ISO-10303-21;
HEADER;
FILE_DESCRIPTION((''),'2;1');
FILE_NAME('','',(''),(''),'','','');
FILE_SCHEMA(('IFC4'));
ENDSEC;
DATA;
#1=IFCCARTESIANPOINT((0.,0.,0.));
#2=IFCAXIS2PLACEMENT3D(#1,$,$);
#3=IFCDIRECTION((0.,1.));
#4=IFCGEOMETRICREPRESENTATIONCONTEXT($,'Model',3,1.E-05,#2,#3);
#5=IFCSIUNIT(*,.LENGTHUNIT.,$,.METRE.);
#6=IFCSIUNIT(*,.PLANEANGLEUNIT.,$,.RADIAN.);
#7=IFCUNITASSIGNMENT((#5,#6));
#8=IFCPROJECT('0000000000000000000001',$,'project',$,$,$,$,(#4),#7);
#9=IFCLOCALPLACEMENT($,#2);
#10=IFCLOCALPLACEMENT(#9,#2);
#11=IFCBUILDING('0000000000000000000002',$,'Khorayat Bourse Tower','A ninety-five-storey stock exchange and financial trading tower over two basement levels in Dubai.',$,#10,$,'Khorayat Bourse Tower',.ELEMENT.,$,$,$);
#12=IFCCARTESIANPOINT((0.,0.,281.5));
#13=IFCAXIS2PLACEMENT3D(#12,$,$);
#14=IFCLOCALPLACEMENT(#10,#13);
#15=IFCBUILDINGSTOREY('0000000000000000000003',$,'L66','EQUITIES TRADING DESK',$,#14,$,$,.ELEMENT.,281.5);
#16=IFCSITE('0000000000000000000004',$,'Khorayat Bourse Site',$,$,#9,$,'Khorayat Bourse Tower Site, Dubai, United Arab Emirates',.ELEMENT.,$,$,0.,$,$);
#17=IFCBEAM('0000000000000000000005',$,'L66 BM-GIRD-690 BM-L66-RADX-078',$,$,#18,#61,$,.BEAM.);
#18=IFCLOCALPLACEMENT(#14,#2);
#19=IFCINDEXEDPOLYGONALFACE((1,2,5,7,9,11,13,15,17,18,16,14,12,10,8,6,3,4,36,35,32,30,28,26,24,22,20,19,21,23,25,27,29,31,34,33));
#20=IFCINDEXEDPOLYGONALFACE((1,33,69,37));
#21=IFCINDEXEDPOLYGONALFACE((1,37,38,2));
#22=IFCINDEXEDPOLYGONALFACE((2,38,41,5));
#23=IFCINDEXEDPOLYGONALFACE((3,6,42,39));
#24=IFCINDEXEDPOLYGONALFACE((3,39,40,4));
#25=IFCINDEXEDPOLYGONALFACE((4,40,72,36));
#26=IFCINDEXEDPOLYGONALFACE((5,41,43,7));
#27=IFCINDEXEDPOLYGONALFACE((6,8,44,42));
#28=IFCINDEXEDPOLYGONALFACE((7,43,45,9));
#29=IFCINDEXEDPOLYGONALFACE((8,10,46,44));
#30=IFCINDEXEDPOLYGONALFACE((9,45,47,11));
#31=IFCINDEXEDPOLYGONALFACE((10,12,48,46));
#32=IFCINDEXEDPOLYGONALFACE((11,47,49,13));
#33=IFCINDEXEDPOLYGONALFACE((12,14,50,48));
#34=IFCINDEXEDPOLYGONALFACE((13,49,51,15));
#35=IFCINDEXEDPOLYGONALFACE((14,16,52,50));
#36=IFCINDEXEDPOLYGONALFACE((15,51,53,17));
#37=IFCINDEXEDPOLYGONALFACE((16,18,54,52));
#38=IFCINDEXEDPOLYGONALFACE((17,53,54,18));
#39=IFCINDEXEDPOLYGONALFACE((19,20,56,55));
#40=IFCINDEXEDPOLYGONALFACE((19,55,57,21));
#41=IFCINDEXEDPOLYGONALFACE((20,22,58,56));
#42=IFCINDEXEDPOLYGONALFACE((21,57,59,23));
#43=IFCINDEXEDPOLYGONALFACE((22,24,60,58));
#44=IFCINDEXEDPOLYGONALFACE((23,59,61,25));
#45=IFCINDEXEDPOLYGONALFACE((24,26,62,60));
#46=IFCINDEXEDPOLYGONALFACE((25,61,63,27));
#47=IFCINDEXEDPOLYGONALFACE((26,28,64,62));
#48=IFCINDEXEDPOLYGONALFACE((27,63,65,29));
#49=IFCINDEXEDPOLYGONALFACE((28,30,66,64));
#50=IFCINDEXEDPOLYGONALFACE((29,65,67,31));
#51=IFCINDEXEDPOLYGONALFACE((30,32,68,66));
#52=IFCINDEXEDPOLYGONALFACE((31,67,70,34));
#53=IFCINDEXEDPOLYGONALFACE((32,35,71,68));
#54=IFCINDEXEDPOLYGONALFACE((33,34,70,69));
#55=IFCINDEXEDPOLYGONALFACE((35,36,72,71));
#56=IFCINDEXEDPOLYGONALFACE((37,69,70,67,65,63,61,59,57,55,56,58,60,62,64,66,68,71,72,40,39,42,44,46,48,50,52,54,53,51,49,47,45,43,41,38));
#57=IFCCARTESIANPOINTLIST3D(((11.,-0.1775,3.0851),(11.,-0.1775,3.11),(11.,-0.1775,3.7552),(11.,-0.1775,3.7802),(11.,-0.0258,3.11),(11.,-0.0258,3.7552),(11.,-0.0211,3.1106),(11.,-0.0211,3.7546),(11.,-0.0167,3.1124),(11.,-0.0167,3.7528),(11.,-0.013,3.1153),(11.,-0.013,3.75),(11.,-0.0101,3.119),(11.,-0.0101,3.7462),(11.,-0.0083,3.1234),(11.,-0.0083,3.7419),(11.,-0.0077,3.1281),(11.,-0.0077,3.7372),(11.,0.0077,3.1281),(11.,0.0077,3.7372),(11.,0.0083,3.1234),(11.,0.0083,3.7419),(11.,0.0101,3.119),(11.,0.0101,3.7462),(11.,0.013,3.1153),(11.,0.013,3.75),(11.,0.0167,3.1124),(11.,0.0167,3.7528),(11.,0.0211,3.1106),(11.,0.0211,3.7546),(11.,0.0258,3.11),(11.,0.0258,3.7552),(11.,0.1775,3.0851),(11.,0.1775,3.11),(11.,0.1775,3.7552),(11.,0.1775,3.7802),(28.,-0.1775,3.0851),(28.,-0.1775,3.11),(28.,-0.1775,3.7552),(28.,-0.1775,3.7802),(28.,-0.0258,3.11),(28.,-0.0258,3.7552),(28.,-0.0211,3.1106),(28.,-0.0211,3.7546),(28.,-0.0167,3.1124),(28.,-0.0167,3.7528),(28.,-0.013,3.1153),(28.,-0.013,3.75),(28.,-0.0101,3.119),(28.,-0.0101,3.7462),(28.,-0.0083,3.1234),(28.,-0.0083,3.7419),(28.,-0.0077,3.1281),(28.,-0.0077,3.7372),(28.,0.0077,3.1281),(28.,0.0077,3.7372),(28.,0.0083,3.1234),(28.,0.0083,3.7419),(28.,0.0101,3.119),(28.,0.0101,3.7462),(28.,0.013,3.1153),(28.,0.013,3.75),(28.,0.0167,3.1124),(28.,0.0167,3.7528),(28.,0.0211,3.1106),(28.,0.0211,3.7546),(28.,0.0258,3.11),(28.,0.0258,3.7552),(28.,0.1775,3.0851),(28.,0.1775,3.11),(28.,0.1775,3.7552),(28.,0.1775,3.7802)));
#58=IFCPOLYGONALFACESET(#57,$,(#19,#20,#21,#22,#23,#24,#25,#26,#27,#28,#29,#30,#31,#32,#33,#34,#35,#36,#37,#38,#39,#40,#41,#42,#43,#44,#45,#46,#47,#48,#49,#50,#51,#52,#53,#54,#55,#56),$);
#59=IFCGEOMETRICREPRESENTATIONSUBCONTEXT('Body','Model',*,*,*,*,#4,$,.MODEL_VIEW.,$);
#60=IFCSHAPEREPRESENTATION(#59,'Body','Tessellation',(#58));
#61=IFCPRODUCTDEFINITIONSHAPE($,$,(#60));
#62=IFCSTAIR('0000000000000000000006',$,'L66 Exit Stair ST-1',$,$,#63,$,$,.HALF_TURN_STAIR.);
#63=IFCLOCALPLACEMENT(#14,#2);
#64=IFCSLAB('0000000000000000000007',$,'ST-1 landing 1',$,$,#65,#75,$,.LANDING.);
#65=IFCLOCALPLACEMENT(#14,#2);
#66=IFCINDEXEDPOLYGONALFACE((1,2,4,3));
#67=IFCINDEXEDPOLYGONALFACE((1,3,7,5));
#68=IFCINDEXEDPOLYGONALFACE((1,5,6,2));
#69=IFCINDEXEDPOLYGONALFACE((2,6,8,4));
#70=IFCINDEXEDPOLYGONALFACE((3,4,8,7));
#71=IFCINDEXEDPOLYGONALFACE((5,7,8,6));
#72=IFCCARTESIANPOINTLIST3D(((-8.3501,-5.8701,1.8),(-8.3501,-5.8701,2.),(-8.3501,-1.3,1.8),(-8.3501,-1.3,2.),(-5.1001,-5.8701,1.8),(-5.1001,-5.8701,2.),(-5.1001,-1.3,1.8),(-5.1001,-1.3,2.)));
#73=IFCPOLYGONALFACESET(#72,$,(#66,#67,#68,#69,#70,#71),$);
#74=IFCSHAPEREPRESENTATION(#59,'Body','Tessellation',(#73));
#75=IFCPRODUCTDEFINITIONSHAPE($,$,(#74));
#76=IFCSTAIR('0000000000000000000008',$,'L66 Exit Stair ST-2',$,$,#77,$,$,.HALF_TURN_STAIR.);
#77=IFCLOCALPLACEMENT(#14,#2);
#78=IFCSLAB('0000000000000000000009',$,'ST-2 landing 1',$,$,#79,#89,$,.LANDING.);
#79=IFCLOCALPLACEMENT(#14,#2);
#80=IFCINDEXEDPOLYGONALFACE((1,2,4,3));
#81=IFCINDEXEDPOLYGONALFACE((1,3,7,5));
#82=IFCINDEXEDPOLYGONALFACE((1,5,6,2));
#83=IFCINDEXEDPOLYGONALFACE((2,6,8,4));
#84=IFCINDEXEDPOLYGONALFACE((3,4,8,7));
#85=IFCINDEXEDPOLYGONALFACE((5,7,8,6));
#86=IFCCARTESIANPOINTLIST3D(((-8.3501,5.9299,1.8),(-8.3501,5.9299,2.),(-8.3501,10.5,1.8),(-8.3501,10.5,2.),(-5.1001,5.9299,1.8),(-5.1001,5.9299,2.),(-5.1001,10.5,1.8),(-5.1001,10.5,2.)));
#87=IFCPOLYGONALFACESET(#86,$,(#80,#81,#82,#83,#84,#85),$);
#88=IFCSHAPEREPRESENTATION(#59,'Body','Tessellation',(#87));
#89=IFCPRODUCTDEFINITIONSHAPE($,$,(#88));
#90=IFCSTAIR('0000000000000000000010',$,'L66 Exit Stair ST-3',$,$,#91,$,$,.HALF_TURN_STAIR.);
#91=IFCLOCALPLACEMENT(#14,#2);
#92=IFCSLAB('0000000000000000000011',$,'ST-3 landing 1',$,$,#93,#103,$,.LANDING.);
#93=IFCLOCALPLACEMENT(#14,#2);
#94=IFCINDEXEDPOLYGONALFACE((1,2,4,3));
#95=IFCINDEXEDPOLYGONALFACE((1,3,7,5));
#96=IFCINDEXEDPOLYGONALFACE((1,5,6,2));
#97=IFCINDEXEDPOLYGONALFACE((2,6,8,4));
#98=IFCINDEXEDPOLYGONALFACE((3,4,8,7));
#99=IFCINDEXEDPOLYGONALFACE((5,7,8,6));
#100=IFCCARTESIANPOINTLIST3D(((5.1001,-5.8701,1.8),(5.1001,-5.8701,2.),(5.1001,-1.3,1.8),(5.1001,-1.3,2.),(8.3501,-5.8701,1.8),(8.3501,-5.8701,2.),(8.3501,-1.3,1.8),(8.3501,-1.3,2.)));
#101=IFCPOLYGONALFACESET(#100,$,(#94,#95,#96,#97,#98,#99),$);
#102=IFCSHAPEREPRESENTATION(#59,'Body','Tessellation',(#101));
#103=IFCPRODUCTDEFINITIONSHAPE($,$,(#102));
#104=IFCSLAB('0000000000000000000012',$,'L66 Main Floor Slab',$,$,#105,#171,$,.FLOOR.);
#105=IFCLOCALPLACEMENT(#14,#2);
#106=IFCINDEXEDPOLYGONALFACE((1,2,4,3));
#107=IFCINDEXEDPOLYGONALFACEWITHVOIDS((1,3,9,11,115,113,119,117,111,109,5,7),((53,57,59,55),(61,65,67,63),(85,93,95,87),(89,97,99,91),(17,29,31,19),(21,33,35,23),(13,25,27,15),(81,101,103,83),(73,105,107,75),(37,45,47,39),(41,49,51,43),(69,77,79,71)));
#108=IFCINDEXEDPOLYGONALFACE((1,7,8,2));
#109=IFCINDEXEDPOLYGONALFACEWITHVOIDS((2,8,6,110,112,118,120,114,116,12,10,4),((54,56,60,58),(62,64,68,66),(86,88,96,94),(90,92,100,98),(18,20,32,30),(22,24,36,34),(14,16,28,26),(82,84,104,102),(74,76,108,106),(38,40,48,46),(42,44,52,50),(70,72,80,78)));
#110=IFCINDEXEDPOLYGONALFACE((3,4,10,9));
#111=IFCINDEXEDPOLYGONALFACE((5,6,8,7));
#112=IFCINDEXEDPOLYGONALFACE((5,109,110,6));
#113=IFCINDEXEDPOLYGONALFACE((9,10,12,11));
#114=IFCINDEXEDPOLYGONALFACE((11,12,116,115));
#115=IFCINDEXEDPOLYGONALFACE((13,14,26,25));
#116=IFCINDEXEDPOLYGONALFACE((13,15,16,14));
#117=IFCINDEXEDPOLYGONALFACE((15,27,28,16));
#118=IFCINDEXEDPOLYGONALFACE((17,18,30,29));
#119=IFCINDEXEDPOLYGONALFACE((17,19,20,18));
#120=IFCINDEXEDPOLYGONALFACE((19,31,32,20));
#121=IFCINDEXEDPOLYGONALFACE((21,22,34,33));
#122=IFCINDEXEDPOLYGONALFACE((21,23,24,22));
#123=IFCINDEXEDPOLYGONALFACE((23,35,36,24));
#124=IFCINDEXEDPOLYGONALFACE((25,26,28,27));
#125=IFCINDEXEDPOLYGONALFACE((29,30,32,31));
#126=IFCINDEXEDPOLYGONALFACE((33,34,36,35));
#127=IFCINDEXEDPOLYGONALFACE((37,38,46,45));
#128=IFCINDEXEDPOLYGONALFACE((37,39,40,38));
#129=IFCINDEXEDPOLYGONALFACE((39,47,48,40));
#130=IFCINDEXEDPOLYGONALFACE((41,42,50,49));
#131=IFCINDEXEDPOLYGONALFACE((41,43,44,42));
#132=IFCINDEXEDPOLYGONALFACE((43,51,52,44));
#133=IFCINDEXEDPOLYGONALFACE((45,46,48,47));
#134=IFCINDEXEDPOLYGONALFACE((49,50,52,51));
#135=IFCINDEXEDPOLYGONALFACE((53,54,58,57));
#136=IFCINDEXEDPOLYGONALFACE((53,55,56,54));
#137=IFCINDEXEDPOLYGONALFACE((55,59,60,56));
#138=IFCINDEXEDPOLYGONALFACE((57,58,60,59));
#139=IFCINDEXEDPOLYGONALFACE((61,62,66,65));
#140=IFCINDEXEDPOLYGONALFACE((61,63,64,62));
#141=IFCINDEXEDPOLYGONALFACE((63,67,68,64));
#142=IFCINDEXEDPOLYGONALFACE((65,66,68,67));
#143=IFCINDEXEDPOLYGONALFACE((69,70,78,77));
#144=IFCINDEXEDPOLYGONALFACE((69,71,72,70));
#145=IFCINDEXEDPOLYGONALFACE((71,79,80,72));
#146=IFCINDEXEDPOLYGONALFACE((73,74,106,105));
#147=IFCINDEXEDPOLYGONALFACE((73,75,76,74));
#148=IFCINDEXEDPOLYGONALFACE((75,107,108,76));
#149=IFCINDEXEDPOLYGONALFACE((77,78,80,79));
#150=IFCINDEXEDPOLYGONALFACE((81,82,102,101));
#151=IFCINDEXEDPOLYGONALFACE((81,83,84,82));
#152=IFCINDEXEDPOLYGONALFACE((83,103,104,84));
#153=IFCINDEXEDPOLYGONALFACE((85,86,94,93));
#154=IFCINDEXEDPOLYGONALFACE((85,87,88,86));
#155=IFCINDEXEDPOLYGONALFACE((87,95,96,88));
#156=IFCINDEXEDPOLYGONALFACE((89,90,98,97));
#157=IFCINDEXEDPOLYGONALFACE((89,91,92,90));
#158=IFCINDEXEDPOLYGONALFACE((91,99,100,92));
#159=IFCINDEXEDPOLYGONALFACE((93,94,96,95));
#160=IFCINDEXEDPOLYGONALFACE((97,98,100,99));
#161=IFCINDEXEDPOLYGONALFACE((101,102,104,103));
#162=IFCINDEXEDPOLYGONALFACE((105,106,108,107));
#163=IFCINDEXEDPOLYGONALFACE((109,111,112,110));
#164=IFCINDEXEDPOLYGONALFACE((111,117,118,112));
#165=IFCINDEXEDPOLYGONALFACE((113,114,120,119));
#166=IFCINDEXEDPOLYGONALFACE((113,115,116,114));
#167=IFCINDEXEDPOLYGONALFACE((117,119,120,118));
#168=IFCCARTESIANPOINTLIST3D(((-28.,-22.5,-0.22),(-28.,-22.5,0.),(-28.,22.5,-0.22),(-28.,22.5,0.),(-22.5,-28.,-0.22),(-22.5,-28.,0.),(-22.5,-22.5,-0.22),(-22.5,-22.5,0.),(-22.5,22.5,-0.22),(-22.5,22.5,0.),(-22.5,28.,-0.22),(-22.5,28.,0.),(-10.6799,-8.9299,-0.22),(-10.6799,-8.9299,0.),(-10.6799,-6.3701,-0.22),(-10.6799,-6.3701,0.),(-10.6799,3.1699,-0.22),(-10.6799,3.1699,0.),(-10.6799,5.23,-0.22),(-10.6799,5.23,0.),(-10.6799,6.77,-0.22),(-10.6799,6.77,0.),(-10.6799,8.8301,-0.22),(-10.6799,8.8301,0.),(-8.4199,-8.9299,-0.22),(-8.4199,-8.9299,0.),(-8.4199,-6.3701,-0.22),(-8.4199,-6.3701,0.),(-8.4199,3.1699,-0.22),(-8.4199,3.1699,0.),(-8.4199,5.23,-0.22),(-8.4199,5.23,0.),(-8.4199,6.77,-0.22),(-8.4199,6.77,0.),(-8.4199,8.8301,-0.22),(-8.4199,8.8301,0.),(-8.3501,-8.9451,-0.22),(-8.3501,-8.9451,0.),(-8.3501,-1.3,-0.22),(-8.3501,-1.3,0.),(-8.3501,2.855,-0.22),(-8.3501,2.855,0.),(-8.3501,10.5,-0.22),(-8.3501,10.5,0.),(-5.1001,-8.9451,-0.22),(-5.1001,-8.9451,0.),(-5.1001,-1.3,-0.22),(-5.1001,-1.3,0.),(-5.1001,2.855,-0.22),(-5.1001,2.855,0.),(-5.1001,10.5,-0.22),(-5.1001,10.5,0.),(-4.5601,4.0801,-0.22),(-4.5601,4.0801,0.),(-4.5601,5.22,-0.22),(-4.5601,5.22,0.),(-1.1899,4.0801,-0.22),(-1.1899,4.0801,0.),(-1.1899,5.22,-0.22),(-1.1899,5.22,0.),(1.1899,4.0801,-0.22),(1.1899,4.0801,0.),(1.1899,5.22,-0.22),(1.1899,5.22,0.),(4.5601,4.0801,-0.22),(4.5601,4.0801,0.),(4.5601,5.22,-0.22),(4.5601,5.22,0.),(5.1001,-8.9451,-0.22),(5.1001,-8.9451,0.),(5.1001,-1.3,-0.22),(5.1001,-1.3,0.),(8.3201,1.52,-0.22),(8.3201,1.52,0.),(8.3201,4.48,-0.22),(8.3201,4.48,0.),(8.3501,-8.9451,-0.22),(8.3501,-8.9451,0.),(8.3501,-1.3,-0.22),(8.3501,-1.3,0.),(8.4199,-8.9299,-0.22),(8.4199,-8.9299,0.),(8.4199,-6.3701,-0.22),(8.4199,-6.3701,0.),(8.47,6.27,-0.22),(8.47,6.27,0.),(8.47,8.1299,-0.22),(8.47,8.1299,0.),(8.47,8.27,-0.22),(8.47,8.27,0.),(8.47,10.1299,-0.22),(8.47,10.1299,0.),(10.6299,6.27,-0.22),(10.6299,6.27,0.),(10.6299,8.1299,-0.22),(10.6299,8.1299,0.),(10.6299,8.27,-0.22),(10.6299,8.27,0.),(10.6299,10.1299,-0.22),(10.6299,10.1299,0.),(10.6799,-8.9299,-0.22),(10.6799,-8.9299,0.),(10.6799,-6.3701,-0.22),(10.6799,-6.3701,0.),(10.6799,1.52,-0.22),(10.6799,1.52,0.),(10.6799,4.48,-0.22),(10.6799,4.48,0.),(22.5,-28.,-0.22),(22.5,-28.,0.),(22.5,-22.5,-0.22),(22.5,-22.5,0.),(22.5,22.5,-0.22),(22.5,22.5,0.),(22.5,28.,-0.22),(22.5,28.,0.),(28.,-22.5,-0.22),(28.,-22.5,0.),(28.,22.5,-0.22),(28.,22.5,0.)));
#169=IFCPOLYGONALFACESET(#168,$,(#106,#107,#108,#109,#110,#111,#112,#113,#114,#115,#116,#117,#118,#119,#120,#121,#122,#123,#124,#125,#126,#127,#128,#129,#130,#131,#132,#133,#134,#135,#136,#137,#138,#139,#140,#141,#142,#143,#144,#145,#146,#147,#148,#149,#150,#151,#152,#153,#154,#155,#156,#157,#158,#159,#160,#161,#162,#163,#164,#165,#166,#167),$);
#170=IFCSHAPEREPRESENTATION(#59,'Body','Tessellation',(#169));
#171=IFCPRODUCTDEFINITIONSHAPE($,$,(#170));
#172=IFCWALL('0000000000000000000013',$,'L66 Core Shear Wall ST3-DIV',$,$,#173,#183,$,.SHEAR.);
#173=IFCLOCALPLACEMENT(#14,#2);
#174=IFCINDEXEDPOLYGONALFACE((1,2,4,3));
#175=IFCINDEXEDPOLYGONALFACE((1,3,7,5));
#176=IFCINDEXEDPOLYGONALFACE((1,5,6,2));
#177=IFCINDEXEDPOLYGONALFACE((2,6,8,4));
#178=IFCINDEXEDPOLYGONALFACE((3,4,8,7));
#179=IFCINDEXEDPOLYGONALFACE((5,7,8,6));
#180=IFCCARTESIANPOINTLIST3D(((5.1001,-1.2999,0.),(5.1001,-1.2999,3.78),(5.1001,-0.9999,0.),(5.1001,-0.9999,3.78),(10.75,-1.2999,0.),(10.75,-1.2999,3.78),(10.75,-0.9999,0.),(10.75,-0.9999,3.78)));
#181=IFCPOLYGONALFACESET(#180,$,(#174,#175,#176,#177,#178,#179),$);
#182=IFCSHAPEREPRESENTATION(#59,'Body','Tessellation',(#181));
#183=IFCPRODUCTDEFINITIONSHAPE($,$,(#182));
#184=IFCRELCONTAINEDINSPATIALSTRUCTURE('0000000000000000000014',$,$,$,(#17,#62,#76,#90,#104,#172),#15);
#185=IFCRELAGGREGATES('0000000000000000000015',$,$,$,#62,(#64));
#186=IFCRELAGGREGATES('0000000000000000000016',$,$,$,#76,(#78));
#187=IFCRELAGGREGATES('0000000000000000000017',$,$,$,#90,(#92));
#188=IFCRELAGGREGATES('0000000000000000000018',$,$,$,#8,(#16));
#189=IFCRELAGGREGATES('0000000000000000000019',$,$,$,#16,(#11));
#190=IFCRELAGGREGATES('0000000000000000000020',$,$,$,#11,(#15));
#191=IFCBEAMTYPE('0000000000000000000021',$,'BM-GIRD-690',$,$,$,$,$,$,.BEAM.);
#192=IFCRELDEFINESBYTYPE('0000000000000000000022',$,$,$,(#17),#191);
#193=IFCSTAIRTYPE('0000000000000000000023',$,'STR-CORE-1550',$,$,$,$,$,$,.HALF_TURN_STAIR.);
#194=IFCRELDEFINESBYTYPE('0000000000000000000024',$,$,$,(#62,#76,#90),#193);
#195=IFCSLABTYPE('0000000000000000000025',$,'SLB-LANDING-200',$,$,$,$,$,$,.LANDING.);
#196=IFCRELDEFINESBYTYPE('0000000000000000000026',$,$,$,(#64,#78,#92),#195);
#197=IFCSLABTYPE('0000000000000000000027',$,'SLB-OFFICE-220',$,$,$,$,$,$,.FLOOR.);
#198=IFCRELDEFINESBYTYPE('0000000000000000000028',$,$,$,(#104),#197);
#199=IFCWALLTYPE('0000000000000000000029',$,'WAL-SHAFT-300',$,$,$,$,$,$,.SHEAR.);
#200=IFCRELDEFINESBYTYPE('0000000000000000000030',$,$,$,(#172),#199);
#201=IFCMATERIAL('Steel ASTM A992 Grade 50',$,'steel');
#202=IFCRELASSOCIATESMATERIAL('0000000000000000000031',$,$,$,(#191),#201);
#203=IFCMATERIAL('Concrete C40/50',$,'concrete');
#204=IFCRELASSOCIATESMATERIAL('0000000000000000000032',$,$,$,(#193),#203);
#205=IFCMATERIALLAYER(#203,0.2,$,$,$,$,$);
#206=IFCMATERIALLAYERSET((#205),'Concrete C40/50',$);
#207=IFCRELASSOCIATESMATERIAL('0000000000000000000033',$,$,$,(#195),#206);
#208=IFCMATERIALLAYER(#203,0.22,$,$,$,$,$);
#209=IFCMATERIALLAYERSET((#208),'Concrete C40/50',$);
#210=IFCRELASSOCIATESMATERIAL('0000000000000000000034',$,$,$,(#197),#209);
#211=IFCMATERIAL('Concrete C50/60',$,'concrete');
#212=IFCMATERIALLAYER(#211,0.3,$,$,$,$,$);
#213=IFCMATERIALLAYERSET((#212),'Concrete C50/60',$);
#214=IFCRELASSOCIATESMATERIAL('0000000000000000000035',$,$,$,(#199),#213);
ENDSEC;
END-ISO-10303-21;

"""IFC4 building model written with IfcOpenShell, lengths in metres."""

from ifc_helpers import new_model, si_unit, direction, frame, frame_2d, origin, origin_2d, place, context, subcontext, project, spatial, polyline, rectangle, i_section, outline, extrude, source, transform, mapped, material, layer, layer_set, material_profile, profile_set, type_object, element, aggregate, save


model = new_model("IFC4")

# Units and contexts
model_context = context("Model", 3, precision=1e-05, world=origin(), true_north=direction((0.0, 1.0)))
body_context = subcontext(model_context, "Body", "Model", "MODEL_VIEW")
ifc_project = project(units=[si_unit("LENGTHUNIT", "METRE"), si_unit("PLANEANGLEUNIT", "RADIAN")], contexts=[model_context])

# Site, building, storey
site_placement = place(None, origin())
site = spatial("IfcSite", under=ifc_project, at=site_placement, Name="Khorayat Bourse Site", LongName="Khorayat Bourse Tower Site, Dubai, United Arab Emirates", CompositionType="ELEMENT", RefElevation=0.0)
building_placement = place(site_placement, origin())
building = spatial("IfcBuilding", under=site, at=building_placement, Name="Khorayat Bourse Tower", Description="A ninety-five-storey stock exchange and financial trading tower over two basement levels in Dubai.", LongName="Khorayat Bourse Tower", CompositionType="ELEMENT")
storey_placement = place(building_placement, frame((0.0, 0.0, 281.5)))
storey = spatial("IfcBuildingStorey", under=building, at=storey_placement, Name="L66", Description="EQUITIES TRADING DESK", CompositionType="ELEMENT", Elevation=281.5)

# Beam
ifc_material_1 = material(Name="Steel ASTM A992 Grade 50", Category="steel")
ifc_material_profile_1 = material_profile(ifc_material_1, i_section(OverallWidth=0.355, OverallDepth=0.6951, WebThickness=0.0154, FlangeThickness=0.0249, FilletRadius=0.0181, at=origin_2d()), Name="W690X217")
ifc_profile_set_1 = profile_set([ifc_material_profile_1], Name="Steel ASTM A992 Grade 50")
beam_type_1 = type_object("IfcBeamType", Name="BM-GIRD-690", PredefinedType="BEAM", material=ifc_profile_set_1)
shared_shape_1 = source(origin(), body_context, "Body", "SweptSolid", [
    extrude(i_section(OverallWidth=0.355, OverallDepth=0.6951, WebThickness=0.0154, FlangeThickness=0.0249, FilletRadius=0.0181, at=origin_2d()), origin(), (0.0, 0.0, 1.0), 17.0),
])
beam_1_placement = place(storey_placement, frame((11.0, 0.0, 3.4326), z_axis=(1.0, 0.0, 0.0), x_axis=(0.0, 1.0, 0.0)))
element("IfcBeam", 1, at=beam_1_placement, inside=storey, type_object=beam_type_1, Name="L66 BM-GIRD-690 BM-L66-RADX-078", PredefinedType="BEAM", context=body_context, shape_type="MappedRepresentation", body=[
    mapped(shared_shape_1, transform((0.0, 0.0, 0.0), scale=1.0)),
])

# Stairs, slabs
ifc_material_2 = material(Name="Concrete C40/50", Category="concrete")
stair_type = type_object("IfcStairType", Name="STR-CORE-1550", PredefinedType="HALF_TURN_STAIR", material=ifc_material_2)
stair_1_placement = place(storey_placement, origin())
stair_1 = element("IfcStair", 2, at=stair_1_placement, inside=storey, type_object=stair_type, Name="L66 Exit Stair ST-1", PredefinedType="HALF_TURN_STAIR")
ifc_layer_1 = layer(ifc_material_2, 0.2)
ifc_layer_set_1 = layer_set([ifc_layer_1], Name="Concrete C40/50")
slab_type_1 = type_object("IfcSlabType", Name="SLB-LANDING-200", PredefinedType="LANDING", material=ifc_layer_set_1)
slab_1_placement = place(storey_placement, frame((0.0, 0.0, 1.8)))
slab_1 = element("IfcSlab", 3, at=slab_1_placement, type_object=slab_type_1, Name="ST-1 landing 1", PredefinedType="LANDING", context=body_context, shape_type="SweptSolid", body=[
    extrude(outline(polyline([(-5.1001, -5.8701), (-5.1001, -1.3), (-8.3501, -1.3), (-8.3501, -5.8701), (-5.1001, -5.8701)])), origin(), (0.0, 0.0, 1.0), 0.2),
])
aggregate(stair_1, [slab_1])
stair_2_placement = place(storey_placement, origin())
stair_2 = element("IfcStair", 4, at=stair_2_placement, inside=storey, type_object=stair_type, Name="L66 Exit Stair ST-2", PredefinedType="HALF_TURN_STAIR")
slab_2_placement = place(storey_placement, frame((0.0, 0.0, 1.8)))
slab_2 = element("IfcSlab", 5, at=slab_2_placement, type_object=slab_type_1, Name="ST-2 landing 1", PredefinedType="LANDING", context=body_context, shape_type="SweptSolid", body=[
    extrude(outline(polyline([(-5.1001, 5.9299), (-5.1001, 10.5), (-8.3501, 10.5), (-8.3501, 5.9299), (-5.1001, 5.9299)])), origin(), (0.0, 0.0, 1.0), 0.2),
])
aggregate(stair_2, [slab_2])
stair_3_placement = place(storey_placement, origin())
stair_3 = element("IfcStair", 6, at=stair_3_placement, inside=storey, type_object=stair_type, Name="L66 Exit Stair ST-3", PredefinedType="HALF_TURN_STAIR")
slab_3_placement = place(storey_placement, frame((0.0, 0.0, 1.8)))
slab_3 = element("IfcSlab", 7, at=slab_3_placement, type_object=slab_type_1, Name="ST-3 landing 1", PredefinedType="LANDING", context=body_context, shape_type="SweptSolid", body=[
    extrude(outline(polyline([(8.3501, -5.8701), (8.3501, -1.3), (5.1001, -1.3), (5.1001, -5.8701), (8.3501, -5.8701)])), origin(), (0.0, 0.0, 1.0), 0.2),
])
aggregate(stair_3, [slab_3])

# Slab
ifc_layer_2 = layer(ifc_material_2, 0.22)
ifc_layer_set_2 = layer_set([ifc_layer_2], Name="Concrete C40/50")
slab_type_2 = type_object("IfcSlabType", Name="SLB-OFFICE-220", PredefinedType="FLOOR", material=ifc_layer_set_2)
slab_4_placement = place(storey_placement, frame((0.0, 0.0, -0.22)))
element("IfcSlab", 8, at=slab_4_placement, inside=storey, type_object=slab_type_2, Name="L66 Main Floor Slab", PredefinedType="FLOOR", context=body_context, shape_type="SweptSolid", body=[
    extrude(outline(polyline([(-22.5, -28.0), (22.5, -28.0), (22.5, -22.5), (28.0, -22.5), (28.0, 22.5), (22.5, 22.5), (22.5, 28.0), (-22.5, 28.0), (-22.5, 22.5), (-28.0, 22.5), (-28.0, -22.5), (-22.5, -22.5), (-22.5, -28.0)]), holes=[polyline([(-8.3501, -8.9451), (-5.1001, -8.9451), (-5.1001, -1.3), (-8.3501, -1.3), (-8.3501, -8.9451)]), polyline([(-8.3501, 2.855), (-5.1001, 2.855), (-5.1001, 10.5), (-8.3501, 10.5), (-8.3501, 2.855)]), polyline([(5.1001, -8.9451), (8.3501, -8.9451), (8.3501, -1.3), (5.1001, -1.3), (5.1001, -8.9451)]), polyline([(-10.6799, 3.1699), (-8.4199, 3.1699), (-8.4199, 5.23), (-10.6799, 5.23), (-10.6799, 3.1699)]), polyline([(-10.6799, 6.77), (-8.4199, 6.77), (-8.4199, 8.8301), (-10.6799, 8.8301), (-10.6799, 6.77)]), polyline([(8.47, 6.27), (10.6299, 6.27), (10.6299, 8.1299), (8.47, 8.1299), (8.47, 6.27)]), polyline([(8.47, 8.27), (10.6299, 8.27), (10.6299, 10.1299), (8.47, 10.1299), (8.47, 8.27)]), polyline([(-10.6799, -8.9299), (-8.4199, -8.9299), (-8.4199, -6.3701), (-10.6799, -6.3701), (-10.6799, -8.9299)]), polyline([(8.4199, -8.9299), (10.6799, -8.9299), (10.6799, -6.3701), (8.4199, -6.3701), (8.4199, -8.9299)]), polyline([(8.3201, 1.52), (10.6799, 1.52), (10.6799, 4.48), (8.3201, 4.48), (8.3201, 1.52)]), polyline([(-4.5601, 4.0801), (-1.1899, 4.0801), (-1.1899, 5.22), (-4.5601, 5.22), (-4.5601, 4.0801)]), polyline([(1.1899, 4.0801), (4.5601, 4.0801), (4.5601, 5.22), (1.1899, 5.22), (1.1899, 4.0801)])]), origin(), (0.0, 0.0, 1.0), 0.22),
])

# Wall
ifc_material_3 = material(Name="Concrete C50/60", Category="concrete")
ifc_layer_3 = layer(ifc_material_3, 0.3)
ifc_layer_set_3 = layer_set([ifc_layer_3], Name="Concrete C50/60")
wall_type_1 = type_object("IfcWallType", Name="WAL-SHAFT-300", PredefinedType="SHEAR", material=ifc_layer_set_3)
shared_shape_2 = source(origin(), body_context, "Body", "SweptSolid", [
    extrude(rectangle(XDim=5.6499, YDim=0.3, at=frame_2d((2.825, 0.0))), origin(), (0.0, 0.0, 1.0), 3.78),
])
wall_1_placement = place(storey_placement, frame((5.1001, -1.1499, 0.0), z_axis=(0.0, 0.0, 1.0), x_axis=(1.0, 0.0, 0.0)))
element("IfcWall", 9, at=wall_1_placement, inside=storey, type_object=wall_type_1, Name="L66 Core Shear Wall ST3-DIV", PredefinedType="SHEAR", context=body_context, shape_type="MappedRepresentation", body=[
    mapped(shared_shape_2, transform((0.0, 0.0, 0.0), scale=1.0)),
])

save(model, "model.ifc")
